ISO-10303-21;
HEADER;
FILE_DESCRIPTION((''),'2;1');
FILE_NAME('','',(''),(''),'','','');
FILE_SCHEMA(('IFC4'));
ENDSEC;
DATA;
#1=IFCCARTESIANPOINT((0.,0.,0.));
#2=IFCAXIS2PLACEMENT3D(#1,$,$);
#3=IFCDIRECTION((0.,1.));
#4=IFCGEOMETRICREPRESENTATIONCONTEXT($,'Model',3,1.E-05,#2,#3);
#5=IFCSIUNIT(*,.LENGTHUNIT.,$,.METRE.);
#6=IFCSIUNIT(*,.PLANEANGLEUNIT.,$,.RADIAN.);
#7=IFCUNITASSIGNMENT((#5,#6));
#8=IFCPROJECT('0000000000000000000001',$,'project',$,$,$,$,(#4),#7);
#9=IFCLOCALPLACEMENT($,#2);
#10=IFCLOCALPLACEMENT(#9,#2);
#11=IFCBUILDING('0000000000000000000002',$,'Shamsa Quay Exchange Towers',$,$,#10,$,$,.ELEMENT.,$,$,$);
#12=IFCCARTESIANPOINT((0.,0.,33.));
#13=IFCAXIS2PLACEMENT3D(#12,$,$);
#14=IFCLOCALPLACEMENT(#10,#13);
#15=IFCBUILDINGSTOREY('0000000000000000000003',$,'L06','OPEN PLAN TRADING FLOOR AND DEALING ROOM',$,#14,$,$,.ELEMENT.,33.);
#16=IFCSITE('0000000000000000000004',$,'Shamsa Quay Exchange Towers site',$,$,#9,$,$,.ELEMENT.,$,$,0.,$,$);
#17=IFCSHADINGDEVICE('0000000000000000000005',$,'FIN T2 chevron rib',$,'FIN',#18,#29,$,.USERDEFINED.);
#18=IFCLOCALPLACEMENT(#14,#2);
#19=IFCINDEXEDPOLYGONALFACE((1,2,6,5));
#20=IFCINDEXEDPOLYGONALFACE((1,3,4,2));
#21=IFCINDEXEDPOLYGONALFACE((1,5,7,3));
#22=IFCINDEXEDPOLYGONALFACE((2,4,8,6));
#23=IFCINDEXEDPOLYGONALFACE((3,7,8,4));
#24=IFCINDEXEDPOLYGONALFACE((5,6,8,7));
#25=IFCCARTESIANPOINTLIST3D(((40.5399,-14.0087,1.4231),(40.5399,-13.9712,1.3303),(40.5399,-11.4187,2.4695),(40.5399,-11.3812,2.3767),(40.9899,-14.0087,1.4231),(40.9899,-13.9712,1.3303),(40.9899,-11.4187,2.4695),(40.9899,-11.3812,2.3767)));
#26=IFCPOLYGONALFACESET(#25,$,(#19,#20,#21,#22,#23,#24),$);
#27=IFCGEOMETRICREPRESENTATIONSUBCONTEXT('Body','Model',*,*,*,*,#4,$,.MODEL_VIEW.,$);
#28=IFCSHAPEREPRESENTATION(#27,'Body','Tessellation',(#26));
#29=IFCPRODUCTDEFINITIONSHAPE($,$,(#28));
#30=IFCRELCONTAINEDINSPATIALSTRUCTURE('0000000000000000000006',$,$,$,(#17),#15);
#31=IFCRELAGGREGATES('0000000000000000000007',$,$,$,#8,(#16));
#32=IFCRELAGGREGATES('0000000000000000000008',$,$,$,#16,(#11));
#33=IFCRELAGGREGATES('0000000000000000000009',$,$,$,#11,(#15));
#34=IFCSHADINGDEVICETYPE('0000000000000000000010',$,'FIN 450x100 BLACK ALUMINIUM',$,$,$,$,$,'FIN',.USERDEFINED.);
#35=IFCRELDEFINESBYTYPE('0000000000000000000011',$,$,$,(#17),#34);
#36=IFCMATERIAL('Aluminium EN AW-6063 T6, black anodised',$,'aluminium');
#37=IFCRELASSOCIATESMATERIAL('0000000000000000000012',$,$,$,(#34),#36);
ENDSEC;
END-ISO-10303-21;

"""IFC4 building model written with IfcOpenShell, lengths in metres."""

from ifc_helpers import new_model, si_unit, direction, frame, origin, origin_2d, place, context, subcontext, project, spatial, rectangle, extrude, material, material_profile, profile_set, type_object, element, save


model = new_model("IFC4")

# Units and contexts
model_context = context("Model", 3, precision=1e-05, world=origin(), true_north=direction((0.0, 1.0)))
body_context = subcontext(model_context, "Body", "Model", "MODEL_VIEW")
ifc_project = project(units=[si_unit("LENGTHUNIT", "METRE"), si_unit("PLANEANGLEUNIT", "RADIAN")], contexts=[model_context])

# Site, building, storey
site_placement = place(None, origin())
site = spatial("IfcSite", under=ifc_project, at=site_placement, Name="Shamsa Quay Exchange Towers site", CompositionType="ELEMENT", RefElevation=0.0)
building_placement = place(site_placement, origin())
building = spatial("IfcBuilding", under=site, at=building_placement, Name="Shamsa Quay Exchange Towers", CompositionType="ELEMENT")
storey_placement = place(building_placement, frame((0.0, 0.0, 33.0)))
storey = spatial("IfcBuildingStorey", under=building, at=storey_placement, Name="L06", Description="OPEN PLAN TRADING FLOOR AND DEALING ROOM", CompositionType="ELEMENT", Elevation=33.0)

# Shared definitions
ifc_material_1 = material(Name="Aluminium EN AW-6063 T6, black anodised", Category="aluminium")

# Shading device
ifc_material_profile_1 = material_profile(ifc_material_1, rectangle(XDim=0.45, YDim=0.1001, at=origin_2d()), Name="FIN450x100")
ifc_profile_set_1 = profile_set([ifc_material_profile_1], Name="Aluminium EN AW-6063 T6, black anodised")
shading_device_type = type_object("IfcShadingDeviceType", Name="FIN 450x100 BLACK ALUMINIUM", ElementType="FIN", PredefinedType="USERDEFINED", material=ifc_profile_set_1)
shading_device_1_placement = place(storey_placement, frame((40.7649, -13.99, 1.3767), z_axis=(0.0, 0.927193, 0.374583), x_axis=(-1.0, 0.0, 0.0)))
element("IfcShadingDevice", 1, at=shading_device_1_placement, inside=storey, type_object=shading_device_type, Name="FIN T2 chevron rib", ObjectType="FIN", PredefinedType="USERDEFINED", context=body_context, shape_type="SweptSolid", body=[
    extrude(rectangle(XDim=0.45, YDim=0.1001, at=origin_2d()), origin(), (0.0, 0.0, 1.0), 2.7935),
])

save(model, "model.ifc")
